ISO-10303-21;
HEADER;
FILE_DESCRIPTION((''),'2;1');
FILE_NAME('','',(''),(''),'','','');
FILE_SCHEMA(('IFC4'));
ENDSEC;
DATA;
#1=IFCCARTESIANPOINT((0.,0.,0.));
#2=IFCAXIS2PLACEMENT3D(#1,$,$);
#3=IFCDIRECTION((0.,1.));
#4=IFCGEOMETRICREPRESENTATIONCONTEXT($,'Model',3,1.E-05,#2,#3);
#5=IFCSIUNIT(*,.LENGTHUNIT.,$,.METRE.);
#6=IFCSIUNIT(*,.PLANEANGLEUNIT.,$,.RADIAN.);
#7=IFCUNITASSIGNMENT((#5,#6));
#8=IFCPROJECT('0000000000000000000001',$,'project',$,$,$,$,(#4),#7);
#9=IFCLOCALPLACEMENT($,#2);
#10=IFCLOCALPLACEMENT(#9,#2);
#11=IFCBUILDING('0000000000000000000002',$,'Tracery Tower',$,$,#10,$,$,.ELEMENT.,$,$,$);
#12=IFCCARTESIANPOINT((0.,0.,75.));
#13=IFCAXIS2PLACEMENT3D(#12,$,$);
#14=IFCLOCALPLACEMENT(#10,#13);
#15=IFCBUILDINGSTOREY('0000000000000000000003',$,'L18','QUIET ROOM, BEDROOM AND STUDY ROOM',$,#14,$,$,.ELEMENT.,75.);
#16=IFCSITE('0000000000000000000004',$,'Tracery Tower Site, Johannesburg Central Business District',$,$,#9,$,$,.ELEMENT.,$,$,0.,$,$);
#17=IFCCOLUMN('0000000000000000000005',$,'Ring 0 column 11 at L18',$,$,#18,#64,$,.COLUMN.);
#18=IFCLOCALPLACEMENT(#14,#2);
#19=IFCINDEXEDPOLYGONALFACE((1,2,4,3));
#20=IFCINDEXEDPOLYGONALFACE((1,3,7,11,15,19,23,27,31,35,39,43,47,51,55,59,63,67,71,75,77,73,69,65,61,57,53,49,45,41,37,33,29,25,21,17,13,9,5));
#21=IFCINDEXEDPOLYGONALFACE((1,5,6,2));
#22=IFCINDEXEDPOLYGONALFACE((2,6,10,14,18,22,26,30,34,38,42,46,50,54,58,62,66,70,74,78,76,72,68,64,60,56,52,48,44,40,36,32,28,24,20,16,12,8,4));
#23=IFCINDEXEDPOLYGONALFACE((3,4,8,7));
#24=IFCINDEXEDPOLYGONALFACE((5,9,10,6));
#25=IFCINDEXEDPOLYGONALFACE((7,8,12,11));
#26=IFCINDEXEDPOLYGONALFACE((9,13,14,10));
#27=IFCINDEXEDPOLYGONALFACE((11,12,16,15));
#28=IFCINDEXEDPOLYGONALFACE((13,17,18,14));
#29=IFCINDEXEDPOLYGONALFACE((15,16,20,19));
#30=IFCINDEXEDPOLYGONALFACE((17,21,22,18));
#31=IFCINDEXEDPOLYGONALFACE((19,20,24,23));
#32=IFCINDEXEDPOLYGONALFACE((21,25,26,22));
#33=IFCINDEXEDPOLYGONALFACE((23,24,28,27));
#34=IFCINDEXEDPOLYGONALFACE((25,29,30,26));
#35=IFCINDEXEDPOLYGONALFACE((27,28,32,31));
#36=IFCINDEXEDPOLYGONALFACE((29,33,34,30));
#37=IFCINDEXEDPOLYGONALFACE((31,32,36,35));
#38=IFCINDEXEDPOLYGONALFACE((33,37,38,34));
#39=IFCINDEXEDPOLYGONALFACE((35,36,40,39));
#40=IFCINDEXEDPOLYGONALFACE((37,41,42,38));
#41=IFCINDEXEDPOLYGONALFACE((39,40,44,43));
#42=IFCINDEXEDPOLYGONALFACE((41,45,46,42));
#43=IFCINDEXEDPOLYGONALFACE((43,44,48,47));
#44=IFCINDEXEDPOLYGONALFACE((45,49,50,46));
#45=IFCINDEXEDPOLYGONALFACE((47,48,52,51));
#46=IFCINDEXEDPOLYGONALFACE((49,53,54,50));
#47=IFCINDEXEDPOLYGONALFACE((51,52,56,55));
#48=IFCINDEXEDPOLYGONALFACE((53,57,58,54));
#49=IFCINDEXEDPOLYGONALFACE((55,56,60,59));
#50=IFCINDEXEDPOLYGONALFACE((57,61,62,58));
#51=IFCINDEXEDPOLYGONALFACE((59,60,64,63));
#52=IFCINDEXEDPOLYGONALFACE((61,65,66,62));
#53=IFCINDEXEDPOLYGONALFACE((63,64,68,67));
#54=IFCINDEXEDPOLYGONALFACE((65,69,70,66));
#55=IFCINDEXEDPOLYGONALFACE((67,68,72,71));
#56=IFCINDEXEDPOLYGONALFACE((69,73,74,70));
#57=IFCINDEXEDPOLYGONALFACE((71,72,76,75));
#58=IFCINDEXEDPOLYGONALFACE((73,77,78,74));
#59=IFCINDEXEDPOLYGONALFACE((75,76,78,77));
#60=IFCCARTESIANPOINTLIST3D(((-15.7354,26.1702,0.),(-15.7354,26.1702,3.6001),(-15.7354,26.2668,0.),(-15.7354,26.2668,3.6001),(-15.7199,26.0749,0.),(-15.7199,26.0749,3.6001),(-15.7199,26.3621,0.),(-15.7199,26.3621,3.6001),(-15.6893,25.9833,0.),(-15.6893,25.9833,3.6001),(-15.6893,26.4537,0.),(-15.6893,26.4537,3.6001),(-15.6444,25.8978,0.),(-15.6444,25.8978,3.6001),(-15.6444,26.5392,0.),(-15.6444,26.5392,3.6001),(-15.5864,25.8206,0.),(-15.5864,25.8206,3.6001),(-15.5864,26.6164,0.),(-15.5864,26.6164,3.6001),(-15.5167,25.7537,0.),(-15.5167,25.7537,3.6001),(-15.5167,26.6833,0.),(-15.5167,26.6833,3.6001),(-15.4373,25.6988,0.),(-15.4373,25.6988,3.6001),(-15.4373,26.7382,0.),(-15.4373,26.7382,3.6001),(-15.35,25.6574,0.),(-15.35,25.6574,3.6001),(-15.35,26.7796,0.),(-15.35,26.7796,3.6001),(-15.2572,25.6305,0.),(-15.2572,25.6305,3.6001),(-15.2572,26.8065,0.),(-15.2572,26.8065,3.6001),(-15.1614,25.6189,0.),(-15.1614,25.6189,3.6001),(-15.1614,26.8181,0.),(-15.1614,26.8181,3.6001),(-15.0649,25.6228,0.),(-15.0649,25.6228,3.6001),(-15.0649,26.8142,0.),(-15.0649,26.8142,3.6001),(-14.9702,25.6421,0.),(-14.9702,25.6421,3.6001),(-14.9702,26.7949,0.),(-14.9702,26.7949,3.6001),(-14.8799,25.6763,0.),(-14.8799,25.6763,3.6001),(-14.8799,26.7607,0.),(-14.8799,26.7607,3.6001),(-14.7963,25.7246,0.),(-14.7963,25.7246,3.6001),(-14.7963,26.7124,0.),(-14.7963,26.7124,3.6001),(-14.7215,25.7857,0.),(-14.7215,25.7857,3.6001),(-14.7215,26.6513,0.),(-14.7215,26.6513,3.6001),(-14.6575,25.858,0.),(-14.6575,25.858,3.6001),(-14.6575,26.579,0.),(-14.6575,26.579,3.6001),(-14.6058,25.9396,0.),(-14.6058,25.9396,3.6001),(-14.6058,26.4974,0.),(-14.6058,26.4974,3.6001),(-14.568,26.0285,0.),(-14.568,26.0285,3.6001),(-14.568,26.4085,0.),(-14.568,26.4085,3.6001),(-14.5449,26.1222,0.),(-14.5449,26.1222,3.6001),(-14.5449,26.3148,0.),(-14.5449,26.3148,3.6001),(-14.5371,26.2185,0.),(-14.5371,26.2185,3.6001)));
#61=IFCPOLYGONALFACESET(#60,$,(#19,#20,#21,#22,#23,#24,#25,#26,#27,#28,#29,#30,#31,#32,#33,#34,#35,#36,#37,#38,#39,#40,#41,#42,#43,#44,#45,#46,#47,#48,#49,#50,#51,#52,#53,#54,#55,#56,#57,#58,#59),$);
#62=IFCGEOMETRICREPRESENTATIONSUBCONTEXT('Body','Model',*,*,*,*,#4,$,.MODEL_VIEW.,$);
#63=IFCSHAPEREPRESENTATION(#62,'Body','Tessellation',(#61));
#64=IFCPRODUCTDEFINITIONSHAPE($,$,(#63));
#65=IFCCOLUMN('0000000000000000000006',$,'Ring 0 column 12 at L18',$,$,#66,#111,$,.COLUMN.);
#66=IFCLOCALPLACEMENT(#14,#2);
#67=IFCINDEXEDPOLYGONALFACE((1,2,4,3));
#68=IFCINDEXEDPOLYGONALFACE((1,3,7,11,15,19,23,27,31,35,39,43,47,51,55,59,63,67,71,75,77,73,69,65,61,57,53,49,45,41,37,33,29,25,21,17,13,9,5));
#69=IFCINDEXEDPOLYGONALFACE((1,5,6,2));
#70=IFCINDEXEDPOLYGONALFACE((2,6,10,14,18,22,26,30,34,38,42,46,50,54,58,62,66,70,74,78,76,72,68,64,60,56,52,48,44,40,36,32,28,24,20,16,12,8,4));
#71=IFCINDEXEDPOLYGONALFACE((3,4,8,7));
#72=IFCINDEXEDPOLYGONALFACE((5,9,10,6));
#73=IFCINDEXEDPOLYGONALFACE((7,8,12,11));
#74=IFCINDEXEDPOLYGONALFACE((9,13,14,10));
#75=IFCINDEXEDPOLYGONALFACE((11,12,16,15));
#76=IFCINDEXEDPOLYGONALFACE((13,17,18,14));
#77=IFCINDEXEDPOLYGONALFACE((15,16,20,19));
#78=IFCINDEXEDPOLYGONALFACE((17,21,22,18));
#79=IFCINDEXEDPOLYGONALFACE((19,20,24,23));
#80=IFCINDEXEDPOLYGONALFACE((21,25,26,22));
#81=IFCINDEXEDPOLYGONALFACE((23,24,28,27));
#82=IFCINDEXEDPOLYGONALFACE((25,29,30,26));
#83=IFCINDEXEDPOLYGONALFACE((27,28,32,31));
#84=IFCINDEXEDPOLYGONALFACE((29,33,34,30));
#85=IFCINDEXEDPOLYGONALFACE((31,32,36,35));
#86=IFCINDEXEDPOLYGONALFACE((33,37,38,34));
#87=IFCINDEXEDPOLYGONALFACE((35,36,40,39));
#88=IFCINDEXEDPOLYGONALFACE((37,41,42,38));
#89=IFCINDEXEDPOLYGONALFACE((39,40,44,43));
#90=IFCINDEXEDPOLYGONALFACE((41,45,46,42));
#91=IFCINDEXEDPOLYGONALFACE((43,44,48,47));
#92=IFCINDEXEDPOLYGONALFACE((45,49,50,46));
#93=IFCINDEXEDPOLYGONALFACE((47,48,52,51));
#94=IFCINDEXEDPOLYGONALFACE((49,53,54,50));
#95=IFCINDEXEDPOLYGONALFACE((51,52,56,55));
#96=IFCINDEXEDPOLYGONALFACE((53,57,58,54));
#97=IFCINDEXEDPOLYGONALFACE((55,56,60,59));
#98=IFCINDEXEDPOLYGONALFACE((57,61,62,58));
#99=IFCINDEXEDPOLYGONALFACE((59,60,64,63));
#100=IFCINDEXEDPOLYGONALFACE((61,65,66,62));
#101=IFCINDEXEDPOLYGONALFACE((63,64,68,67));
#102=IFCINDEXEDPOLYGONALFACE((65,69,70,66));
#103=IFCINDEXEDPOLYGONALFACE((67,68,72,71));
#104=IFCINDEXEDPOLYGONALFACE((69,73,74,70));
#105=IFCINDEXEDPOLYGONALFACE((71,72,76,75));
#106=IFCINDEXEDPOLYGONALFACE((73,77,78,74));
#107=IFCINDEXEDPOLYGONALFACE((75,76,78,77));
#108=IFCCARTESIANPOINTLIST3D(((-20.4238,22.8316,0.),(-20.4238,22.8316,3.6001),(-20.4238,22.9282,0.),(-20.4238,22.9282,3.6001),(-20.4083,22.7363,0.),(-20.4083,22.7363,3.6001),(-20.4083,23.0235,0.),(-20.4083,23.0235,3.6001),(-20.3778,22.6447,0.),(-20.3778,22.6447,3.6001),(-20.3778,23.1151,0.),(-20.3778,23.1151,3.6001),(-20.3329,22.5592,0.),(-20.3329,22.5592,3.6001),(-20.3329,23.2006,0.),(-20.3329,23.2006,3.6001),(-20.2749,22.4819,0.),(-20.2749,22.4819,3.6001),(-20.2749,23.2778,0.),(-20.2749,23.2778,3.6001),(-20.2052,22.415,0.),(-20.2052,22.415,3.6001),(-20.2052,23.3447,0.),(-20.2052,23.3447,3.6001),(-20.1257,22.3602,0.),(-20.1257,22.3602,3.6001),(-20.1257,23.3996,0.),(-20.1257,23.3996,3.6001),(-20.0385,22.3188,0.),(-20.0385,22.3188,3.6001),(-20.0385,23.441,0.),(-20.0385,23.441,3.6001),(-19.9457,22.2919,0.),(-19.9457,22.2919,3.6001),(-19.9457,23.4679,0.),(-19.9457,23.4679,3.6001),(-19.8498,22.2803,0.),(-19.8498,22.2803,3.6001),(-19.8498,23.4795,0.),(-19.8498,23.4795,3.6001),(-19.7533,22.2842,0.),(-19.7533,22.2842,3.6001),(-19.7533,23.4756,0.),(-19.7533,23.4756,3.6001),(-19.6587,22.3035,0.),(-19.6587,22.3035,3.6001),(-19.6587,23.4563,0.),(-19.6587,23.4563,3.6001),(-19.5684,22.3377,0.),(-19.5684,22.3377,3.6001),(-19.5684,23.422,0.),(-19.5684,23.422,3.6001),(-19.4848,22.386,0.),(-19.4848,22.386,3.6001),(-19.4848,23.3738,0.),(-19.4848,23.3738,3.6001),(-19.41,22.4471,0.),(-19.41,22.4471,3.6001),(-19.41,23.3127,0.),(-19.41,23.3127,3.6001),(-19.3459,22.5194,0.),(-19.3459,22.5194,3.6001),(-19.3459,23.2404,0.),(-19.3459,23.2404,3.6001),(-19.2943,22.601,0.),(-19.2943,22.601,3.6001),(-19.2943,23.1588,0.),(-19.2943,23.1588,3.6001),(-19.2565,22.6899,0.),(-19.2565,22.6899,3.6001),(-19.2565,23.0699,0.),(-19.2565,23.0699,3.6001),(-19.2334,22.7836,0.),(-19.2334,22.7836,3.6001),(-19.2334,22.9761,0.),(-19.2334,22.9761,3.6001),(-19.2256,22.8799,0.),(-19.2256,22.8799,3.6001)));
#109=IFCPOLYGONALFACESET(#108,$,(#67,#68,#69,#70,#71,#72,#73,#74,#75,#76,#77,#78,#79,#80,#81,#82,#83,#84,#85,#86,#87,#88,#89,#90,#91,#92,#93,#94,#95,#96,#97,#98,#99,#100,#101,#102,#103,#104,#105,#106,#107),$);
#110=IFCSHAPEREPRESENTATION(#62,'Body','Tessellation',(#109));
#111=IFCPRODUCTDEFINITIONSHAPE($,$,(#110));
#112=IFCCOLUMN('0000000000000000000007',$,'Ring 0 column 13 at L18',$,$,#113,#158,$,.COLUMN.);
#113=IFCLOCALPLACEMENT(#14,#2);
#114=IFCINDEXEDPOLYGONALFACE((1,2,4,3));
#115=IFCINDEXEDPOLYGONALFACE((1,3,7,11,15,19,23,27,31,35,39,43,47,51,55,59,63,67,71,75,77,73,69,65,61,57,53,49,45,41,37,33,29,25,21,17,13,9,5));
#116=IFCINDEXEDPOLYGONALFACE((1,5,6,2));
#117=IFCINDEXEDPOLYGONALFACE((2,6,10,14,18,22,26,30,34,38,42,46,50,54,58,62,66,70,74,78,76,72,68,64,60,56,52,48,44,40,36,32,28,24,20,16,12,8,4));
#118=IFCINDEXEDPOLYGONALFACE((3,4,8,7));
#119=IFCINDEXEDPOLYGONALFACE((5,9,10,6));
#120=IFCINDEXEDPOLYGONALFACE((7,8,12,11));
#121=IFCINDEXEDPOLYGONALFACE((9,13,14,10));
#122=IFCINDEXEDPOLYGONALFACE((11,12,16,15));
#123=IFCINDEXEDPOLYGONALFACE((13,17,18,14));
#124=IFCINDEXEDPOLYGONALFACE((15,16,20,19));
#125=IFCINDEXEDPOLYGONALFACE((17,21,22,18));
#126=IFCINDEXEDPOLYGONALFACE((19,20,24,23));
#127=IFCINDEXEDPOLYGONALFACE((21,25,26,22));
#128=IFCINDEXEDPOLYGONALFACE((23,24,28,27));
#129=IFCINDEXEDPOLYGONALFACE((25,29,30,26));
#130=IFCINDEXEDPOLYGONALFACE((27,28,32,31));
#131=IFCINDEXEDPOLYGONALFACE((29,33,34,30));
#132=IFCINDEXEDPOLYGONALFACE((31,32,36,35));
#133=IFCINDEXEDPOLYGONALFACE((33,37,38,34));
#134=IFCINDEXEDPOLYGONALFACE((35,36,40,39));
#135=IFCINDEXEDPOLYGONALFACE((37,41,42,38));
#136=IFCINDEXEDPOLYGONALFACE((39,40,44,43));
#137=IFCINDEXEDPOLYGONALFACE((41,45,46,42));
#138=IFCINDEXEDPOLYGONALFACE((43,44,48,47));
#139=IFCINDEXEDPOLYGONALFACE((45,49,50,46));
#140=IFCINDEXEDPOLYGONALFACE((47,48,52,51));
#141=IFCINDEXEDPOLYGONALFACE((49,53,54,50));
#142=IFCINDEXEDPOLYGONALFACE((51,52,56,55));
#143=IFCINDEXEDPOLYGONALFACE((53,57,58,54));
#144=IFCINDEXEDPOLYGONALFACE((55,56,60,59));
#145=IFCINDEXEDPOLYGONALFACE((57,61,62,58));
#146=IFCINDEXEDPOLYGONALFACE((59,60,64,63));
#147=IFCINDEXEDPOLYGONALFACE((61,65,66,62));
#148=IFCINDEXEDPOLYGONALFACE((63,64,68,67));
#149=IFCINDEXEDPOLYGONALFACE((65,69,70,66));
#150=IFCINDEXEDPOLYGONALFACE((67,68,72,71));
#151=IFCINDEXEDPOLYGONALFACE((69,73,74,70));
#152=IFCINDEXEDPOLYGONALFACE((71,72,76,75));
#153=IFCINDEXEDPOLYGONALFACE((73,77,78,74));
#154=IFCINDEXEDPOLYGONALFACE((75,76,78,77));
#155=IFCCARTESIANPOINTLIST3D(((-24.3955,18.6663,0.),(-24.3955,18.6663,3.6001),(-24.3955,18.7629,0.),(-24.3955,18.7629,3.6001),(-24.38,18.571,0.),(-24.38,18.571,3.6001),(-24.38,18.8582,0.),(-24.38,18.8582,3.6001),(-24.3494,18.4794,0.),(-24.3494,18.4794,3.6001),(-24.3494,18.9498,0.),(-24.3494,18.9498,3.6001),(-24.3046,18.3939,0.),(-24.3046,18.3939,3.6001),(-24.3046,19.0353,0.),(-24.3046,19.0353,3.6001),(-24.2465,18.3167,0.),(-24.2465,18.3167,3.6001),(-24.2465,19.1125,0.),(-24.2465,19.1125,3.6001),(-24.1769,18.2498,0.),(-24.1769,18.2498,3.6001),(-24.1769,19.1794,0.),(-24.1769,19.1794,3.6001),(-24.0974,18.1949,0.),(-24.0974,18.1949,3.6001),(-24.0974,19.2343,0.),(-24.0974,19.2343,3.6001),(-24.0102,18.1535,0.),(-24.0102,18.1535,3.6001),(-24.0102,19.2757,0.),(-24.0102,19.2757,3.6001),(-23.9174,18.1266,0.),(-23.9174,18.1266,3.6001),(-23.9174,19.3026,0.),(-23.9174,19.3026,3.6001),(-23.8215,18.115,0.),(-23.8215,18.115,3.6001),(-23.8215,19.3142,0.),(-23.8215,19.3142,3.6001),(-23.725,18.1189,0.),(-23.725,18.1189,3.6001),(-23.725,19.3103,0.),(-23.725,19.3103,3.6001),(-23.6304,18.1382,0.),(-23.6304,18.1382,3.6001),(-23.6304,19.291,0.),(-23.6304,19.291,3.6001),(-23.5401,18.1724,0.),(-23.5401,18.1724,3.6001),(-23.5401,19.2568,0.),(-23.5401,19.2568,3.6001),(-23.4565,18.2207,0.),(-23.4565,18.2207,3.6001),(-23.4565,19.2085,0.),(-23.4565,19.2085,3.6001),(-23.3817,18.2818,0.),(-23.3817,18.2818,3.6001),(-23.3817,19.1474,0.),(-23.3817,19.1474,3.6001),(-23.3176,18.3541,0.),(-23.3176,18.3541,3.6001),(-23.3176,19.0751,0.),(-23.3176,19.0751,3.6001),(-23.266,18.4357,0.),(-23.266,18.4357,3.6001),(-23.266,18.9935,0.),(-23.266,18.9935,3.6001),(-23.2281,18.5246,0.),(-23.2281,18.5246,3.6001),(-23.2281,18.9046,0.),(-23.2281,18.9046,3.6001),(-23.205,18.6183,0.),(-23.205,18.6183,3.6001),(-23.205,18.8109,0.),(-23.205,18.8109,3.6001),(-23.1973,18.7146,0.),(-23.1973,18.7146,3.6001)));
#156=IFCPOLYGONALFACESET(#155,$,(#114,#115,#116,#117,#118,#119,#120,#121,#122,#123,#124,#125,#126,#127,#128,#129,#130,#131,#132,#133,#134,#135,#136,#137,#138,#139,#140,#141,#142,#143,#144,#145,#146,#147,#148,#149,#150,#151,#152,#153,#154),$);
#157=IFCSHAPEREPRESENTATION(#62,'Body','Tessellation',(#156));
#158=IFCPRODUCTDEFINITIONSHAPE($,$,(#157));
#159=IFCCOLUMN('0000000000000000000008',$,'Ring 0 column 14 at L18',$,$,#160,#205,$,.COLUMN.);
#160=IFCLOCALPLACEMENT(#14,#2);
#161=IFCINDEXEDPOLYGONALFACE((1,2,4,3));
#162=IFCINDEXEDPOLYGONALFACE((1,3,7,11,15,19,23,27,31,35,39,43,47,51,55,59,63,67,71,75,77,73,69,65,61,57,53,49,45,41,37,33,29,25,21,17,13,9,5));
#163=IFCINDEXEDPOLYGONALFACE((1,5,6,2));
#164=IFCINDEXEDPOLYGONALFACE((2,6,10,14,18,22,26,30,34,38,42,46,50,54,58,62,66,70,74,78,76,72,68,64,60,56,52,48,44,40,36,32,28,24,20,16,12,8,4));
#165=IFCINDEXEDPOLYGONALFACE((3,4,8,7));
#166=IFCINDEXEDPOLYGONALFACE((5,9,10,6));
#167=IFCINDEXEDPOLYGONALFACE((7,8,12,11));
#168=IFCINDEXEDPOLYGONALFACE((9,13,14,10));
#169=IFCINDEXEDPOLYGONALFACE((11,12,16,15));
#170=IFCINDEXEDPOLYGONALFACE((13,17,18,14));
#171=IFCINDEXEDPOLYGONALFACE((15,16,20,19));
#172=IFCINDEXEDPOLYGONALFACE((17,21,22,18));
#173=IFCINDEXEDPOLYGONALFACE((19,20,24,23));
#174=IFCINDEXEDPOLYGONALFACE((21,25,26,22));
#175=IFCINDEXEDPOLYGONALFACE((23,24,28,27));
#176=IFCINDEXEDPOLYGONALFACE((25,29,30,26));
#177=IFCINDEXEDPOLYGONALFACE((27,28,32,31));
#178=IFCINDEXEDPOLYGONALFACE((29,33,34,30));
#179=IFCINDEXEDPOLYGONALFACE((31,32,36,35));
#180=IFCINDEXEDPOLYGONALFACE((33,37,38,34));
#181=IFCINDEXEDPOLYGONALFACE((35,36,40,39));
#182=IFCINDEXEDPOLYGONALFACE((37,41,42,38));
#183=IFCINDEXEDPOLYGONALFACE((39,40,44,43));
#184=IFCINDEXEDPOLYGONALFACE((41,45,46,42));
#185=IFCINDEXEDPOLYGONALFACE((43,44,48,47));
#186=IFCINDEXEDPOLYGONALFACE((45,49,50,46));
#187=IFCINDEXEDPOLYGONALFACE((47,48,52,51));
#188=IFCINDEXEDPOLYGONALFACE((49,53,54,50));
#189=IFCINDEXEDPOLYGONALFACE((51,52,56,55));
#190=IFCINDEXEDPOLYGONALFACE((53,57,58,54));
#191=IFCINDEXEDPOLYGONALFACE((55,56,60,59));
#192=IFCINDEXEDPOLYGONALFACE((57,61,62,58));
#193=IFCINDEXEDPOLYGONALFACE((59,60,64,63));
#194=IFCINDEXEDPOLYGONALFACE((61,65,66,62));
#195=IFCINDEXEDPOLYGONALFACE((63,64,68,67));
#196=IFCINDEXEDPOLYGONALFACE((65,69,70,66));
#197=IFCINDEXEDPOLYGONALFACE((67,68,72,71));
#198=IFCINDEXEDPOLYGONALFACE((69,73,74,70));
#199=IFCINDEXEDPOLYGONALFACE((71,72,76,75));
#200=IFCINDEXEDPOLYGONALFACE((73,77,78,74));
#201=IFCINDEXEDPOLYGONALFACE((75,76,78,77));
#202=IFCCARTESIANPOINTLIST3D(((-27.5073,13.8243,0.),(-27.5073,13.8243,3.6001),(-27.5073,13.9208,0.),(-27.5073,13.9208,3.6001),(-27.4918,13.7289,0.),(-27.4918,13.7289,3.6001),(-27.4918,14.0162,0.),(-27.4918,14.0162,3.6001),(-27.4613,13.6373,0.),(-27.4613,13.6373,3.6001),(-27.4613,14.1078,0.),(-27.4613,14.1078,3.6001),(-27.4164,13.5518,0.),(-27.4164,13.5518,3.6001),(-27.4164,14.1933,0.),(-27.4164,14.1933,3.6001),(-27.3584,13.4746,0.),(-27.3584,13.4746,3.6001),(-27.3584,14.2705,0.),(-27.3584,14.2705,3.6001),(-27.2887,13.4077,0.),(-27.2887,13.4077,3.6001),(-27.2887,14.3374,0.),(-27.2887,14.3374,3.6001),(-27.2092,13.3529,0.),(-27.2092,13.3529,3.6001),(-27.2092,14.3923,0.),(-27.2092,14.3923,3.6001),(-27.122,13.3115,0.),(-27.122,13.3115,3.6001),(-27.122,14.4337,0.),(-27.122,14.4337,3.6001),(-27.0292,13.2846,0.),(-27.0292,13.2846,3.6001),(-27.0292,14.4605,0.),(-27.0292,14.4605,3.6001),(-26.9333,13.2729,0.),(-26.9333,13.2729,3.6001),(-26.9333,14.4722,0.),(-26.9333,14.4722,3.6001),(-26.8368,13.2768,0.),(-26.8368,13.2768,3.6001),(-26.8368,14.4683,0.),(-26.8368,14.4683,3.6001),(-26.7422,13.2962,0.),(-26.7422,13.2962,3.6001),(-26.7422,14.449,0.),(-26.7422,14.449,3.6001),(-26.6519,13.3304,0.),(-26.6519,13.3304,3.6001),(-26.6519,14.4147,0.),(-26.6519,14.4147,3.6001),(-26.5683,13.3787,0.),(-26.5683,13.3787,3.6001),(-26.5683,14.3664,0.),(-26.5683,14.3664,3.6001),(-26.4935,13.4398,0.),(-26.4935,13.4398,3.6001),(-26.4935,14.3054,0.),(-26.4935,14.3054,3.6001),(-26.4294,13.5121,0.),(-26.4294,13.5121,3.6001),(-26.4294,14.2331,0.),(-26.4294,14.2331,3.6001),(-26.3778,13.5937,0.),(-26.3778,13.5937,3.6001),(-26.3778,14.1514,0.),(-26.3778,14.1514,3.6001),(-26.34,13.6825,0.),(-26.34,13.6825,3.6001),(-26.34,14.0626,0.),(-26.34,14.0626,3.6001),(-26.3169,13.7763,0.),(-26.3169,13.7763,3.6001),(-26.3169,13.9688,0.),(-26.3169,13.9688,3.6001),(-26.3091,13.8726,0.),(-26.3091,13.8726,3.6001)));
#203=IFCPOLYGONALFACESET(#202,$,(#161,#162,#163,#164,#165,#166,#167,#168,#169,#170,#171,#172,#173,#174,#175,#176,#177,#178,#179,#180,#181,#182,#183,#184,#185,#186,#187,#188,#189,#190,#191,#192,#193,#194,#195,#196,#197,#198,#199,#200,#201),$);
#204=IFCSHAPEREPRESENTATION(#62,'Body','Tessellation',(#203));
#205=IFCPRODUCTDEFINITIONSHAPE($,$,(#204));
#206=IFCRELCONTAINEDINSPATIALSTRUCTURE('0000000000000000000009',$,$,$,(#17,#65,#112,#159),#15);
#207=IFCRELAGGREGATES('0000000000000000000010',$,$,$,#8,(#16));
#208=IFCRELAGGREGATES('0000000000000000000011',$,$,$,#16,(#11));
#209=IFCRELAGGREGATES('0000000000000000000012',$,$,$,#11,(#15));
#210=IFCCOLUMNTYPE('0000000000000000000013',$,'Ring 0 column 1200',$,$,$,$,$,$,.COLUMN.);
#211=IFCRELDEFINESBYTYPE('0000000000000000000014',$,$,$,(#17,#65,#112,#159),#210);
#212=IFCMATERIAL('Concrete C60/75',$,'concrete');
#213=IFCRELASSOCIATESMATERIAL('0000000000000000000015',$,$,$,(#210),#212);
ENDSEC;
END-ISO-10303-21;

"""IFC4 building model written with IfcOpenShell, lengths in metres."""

from ifc_helpers import new_model, si_unit, direction, frame, origin, origin_2d, place, context, subcontext, project, spatial, circle, extrude, material, material_profile, profile_set, type_object, element, save


model = new_model("IFC4")

# Units and contexts
model_context = context("Model", 3, precision=1e-05, world=origin(), true_north=direction((0.0, 1.0)))
body_context = subcontext(model_context, "Body", "Model", "MODEL_VIEW")
ifc_project = project(units=[si_unit("LENGTHUNIT", "METRE"), si_unit("PLANEANGLEUNIT", "RADIAN")], contexts=[model_context])

# Site, building, storey
site_placement = place(None, origin())
site = spatial("IfcSite", under=ifc_project, at=site_placement, Name="Tracery Tower Site, Johannesburg Central Business District", CompositionType="ELEMENT", RefElevation=0.0)
building_placement = place(site_placement, origin())
building = spatial("IfcBuilding", under=site, at=building_placement, Name="Tracery Tower", CompositionType="ELEMENT")
storey_placement = place(building_placement, frame((0.0, 0.0, 75.0)))
storey = spatial("IfcBuildingStorey", under=building, at=storey_placement, Name="L18", Description="QUIET ROOM, BEDROOM AND STUDY ROOM", CompositionType="ELEMENT", Elevation=75.0)

# Columns
ifc_material_1 = material(Name="Concrete C60/75", Category="concrete")
ifc_material_profile_1 = material_profile(ifc_material_1, circle(Radius=0.6001, at=origin_2d()), Name="RC D1200")
ifc_profile_set_1 = profile_set([ifc_material_profile_1], Name="Concrete C60/75")
column_type_1 = type_object("IfcColumnType", Name="Ring 0 column 1200", PredefinedType="COLUMN", material=ifc_profile_set_1)
for number, where, z_axis, x_axis, name in (
    (1, (-15.1372, 26.2185, 0.0), (0.0, 0.0, 1.0), (1.0, 0.0, 0.0), "Ring 0 column 11 at L18"),
    (2, (-19.8257, 22.8799, 0.0), (0.0, 0.0, 1.0), (1.0, 0.0, 0.0), "Ring 0 column 12 at L18"),
    (3, (-23.7974, 18.7146, 0.0), (0.0, 0.0, 1.0), (1.0, 0.0, 0.0), "Ring 0 column 13 at L18"),
    (4, (-26.9092, 13.8726, 0.0), (0.0, 0.0, 1.0), (1.0, 0.0, 0.0), "Ring 0 column 14 at L18"),
):
    element("IfcColumn", number, at=place(storey_placement, frame(where, z_axis=z_axis, x_axis=x_axis)), inside=storey, type_object=column_type_1, Name=name, PredefinedType="COLUMN", context=body_context, shape_type="SweptSolid", body=[
        extrude(circle(Radius=0.6001, at=origin_2d()), origin(), (0.0, 0.0, 1.0), 3.6001),
    ])

save(model, "model.ifc")
